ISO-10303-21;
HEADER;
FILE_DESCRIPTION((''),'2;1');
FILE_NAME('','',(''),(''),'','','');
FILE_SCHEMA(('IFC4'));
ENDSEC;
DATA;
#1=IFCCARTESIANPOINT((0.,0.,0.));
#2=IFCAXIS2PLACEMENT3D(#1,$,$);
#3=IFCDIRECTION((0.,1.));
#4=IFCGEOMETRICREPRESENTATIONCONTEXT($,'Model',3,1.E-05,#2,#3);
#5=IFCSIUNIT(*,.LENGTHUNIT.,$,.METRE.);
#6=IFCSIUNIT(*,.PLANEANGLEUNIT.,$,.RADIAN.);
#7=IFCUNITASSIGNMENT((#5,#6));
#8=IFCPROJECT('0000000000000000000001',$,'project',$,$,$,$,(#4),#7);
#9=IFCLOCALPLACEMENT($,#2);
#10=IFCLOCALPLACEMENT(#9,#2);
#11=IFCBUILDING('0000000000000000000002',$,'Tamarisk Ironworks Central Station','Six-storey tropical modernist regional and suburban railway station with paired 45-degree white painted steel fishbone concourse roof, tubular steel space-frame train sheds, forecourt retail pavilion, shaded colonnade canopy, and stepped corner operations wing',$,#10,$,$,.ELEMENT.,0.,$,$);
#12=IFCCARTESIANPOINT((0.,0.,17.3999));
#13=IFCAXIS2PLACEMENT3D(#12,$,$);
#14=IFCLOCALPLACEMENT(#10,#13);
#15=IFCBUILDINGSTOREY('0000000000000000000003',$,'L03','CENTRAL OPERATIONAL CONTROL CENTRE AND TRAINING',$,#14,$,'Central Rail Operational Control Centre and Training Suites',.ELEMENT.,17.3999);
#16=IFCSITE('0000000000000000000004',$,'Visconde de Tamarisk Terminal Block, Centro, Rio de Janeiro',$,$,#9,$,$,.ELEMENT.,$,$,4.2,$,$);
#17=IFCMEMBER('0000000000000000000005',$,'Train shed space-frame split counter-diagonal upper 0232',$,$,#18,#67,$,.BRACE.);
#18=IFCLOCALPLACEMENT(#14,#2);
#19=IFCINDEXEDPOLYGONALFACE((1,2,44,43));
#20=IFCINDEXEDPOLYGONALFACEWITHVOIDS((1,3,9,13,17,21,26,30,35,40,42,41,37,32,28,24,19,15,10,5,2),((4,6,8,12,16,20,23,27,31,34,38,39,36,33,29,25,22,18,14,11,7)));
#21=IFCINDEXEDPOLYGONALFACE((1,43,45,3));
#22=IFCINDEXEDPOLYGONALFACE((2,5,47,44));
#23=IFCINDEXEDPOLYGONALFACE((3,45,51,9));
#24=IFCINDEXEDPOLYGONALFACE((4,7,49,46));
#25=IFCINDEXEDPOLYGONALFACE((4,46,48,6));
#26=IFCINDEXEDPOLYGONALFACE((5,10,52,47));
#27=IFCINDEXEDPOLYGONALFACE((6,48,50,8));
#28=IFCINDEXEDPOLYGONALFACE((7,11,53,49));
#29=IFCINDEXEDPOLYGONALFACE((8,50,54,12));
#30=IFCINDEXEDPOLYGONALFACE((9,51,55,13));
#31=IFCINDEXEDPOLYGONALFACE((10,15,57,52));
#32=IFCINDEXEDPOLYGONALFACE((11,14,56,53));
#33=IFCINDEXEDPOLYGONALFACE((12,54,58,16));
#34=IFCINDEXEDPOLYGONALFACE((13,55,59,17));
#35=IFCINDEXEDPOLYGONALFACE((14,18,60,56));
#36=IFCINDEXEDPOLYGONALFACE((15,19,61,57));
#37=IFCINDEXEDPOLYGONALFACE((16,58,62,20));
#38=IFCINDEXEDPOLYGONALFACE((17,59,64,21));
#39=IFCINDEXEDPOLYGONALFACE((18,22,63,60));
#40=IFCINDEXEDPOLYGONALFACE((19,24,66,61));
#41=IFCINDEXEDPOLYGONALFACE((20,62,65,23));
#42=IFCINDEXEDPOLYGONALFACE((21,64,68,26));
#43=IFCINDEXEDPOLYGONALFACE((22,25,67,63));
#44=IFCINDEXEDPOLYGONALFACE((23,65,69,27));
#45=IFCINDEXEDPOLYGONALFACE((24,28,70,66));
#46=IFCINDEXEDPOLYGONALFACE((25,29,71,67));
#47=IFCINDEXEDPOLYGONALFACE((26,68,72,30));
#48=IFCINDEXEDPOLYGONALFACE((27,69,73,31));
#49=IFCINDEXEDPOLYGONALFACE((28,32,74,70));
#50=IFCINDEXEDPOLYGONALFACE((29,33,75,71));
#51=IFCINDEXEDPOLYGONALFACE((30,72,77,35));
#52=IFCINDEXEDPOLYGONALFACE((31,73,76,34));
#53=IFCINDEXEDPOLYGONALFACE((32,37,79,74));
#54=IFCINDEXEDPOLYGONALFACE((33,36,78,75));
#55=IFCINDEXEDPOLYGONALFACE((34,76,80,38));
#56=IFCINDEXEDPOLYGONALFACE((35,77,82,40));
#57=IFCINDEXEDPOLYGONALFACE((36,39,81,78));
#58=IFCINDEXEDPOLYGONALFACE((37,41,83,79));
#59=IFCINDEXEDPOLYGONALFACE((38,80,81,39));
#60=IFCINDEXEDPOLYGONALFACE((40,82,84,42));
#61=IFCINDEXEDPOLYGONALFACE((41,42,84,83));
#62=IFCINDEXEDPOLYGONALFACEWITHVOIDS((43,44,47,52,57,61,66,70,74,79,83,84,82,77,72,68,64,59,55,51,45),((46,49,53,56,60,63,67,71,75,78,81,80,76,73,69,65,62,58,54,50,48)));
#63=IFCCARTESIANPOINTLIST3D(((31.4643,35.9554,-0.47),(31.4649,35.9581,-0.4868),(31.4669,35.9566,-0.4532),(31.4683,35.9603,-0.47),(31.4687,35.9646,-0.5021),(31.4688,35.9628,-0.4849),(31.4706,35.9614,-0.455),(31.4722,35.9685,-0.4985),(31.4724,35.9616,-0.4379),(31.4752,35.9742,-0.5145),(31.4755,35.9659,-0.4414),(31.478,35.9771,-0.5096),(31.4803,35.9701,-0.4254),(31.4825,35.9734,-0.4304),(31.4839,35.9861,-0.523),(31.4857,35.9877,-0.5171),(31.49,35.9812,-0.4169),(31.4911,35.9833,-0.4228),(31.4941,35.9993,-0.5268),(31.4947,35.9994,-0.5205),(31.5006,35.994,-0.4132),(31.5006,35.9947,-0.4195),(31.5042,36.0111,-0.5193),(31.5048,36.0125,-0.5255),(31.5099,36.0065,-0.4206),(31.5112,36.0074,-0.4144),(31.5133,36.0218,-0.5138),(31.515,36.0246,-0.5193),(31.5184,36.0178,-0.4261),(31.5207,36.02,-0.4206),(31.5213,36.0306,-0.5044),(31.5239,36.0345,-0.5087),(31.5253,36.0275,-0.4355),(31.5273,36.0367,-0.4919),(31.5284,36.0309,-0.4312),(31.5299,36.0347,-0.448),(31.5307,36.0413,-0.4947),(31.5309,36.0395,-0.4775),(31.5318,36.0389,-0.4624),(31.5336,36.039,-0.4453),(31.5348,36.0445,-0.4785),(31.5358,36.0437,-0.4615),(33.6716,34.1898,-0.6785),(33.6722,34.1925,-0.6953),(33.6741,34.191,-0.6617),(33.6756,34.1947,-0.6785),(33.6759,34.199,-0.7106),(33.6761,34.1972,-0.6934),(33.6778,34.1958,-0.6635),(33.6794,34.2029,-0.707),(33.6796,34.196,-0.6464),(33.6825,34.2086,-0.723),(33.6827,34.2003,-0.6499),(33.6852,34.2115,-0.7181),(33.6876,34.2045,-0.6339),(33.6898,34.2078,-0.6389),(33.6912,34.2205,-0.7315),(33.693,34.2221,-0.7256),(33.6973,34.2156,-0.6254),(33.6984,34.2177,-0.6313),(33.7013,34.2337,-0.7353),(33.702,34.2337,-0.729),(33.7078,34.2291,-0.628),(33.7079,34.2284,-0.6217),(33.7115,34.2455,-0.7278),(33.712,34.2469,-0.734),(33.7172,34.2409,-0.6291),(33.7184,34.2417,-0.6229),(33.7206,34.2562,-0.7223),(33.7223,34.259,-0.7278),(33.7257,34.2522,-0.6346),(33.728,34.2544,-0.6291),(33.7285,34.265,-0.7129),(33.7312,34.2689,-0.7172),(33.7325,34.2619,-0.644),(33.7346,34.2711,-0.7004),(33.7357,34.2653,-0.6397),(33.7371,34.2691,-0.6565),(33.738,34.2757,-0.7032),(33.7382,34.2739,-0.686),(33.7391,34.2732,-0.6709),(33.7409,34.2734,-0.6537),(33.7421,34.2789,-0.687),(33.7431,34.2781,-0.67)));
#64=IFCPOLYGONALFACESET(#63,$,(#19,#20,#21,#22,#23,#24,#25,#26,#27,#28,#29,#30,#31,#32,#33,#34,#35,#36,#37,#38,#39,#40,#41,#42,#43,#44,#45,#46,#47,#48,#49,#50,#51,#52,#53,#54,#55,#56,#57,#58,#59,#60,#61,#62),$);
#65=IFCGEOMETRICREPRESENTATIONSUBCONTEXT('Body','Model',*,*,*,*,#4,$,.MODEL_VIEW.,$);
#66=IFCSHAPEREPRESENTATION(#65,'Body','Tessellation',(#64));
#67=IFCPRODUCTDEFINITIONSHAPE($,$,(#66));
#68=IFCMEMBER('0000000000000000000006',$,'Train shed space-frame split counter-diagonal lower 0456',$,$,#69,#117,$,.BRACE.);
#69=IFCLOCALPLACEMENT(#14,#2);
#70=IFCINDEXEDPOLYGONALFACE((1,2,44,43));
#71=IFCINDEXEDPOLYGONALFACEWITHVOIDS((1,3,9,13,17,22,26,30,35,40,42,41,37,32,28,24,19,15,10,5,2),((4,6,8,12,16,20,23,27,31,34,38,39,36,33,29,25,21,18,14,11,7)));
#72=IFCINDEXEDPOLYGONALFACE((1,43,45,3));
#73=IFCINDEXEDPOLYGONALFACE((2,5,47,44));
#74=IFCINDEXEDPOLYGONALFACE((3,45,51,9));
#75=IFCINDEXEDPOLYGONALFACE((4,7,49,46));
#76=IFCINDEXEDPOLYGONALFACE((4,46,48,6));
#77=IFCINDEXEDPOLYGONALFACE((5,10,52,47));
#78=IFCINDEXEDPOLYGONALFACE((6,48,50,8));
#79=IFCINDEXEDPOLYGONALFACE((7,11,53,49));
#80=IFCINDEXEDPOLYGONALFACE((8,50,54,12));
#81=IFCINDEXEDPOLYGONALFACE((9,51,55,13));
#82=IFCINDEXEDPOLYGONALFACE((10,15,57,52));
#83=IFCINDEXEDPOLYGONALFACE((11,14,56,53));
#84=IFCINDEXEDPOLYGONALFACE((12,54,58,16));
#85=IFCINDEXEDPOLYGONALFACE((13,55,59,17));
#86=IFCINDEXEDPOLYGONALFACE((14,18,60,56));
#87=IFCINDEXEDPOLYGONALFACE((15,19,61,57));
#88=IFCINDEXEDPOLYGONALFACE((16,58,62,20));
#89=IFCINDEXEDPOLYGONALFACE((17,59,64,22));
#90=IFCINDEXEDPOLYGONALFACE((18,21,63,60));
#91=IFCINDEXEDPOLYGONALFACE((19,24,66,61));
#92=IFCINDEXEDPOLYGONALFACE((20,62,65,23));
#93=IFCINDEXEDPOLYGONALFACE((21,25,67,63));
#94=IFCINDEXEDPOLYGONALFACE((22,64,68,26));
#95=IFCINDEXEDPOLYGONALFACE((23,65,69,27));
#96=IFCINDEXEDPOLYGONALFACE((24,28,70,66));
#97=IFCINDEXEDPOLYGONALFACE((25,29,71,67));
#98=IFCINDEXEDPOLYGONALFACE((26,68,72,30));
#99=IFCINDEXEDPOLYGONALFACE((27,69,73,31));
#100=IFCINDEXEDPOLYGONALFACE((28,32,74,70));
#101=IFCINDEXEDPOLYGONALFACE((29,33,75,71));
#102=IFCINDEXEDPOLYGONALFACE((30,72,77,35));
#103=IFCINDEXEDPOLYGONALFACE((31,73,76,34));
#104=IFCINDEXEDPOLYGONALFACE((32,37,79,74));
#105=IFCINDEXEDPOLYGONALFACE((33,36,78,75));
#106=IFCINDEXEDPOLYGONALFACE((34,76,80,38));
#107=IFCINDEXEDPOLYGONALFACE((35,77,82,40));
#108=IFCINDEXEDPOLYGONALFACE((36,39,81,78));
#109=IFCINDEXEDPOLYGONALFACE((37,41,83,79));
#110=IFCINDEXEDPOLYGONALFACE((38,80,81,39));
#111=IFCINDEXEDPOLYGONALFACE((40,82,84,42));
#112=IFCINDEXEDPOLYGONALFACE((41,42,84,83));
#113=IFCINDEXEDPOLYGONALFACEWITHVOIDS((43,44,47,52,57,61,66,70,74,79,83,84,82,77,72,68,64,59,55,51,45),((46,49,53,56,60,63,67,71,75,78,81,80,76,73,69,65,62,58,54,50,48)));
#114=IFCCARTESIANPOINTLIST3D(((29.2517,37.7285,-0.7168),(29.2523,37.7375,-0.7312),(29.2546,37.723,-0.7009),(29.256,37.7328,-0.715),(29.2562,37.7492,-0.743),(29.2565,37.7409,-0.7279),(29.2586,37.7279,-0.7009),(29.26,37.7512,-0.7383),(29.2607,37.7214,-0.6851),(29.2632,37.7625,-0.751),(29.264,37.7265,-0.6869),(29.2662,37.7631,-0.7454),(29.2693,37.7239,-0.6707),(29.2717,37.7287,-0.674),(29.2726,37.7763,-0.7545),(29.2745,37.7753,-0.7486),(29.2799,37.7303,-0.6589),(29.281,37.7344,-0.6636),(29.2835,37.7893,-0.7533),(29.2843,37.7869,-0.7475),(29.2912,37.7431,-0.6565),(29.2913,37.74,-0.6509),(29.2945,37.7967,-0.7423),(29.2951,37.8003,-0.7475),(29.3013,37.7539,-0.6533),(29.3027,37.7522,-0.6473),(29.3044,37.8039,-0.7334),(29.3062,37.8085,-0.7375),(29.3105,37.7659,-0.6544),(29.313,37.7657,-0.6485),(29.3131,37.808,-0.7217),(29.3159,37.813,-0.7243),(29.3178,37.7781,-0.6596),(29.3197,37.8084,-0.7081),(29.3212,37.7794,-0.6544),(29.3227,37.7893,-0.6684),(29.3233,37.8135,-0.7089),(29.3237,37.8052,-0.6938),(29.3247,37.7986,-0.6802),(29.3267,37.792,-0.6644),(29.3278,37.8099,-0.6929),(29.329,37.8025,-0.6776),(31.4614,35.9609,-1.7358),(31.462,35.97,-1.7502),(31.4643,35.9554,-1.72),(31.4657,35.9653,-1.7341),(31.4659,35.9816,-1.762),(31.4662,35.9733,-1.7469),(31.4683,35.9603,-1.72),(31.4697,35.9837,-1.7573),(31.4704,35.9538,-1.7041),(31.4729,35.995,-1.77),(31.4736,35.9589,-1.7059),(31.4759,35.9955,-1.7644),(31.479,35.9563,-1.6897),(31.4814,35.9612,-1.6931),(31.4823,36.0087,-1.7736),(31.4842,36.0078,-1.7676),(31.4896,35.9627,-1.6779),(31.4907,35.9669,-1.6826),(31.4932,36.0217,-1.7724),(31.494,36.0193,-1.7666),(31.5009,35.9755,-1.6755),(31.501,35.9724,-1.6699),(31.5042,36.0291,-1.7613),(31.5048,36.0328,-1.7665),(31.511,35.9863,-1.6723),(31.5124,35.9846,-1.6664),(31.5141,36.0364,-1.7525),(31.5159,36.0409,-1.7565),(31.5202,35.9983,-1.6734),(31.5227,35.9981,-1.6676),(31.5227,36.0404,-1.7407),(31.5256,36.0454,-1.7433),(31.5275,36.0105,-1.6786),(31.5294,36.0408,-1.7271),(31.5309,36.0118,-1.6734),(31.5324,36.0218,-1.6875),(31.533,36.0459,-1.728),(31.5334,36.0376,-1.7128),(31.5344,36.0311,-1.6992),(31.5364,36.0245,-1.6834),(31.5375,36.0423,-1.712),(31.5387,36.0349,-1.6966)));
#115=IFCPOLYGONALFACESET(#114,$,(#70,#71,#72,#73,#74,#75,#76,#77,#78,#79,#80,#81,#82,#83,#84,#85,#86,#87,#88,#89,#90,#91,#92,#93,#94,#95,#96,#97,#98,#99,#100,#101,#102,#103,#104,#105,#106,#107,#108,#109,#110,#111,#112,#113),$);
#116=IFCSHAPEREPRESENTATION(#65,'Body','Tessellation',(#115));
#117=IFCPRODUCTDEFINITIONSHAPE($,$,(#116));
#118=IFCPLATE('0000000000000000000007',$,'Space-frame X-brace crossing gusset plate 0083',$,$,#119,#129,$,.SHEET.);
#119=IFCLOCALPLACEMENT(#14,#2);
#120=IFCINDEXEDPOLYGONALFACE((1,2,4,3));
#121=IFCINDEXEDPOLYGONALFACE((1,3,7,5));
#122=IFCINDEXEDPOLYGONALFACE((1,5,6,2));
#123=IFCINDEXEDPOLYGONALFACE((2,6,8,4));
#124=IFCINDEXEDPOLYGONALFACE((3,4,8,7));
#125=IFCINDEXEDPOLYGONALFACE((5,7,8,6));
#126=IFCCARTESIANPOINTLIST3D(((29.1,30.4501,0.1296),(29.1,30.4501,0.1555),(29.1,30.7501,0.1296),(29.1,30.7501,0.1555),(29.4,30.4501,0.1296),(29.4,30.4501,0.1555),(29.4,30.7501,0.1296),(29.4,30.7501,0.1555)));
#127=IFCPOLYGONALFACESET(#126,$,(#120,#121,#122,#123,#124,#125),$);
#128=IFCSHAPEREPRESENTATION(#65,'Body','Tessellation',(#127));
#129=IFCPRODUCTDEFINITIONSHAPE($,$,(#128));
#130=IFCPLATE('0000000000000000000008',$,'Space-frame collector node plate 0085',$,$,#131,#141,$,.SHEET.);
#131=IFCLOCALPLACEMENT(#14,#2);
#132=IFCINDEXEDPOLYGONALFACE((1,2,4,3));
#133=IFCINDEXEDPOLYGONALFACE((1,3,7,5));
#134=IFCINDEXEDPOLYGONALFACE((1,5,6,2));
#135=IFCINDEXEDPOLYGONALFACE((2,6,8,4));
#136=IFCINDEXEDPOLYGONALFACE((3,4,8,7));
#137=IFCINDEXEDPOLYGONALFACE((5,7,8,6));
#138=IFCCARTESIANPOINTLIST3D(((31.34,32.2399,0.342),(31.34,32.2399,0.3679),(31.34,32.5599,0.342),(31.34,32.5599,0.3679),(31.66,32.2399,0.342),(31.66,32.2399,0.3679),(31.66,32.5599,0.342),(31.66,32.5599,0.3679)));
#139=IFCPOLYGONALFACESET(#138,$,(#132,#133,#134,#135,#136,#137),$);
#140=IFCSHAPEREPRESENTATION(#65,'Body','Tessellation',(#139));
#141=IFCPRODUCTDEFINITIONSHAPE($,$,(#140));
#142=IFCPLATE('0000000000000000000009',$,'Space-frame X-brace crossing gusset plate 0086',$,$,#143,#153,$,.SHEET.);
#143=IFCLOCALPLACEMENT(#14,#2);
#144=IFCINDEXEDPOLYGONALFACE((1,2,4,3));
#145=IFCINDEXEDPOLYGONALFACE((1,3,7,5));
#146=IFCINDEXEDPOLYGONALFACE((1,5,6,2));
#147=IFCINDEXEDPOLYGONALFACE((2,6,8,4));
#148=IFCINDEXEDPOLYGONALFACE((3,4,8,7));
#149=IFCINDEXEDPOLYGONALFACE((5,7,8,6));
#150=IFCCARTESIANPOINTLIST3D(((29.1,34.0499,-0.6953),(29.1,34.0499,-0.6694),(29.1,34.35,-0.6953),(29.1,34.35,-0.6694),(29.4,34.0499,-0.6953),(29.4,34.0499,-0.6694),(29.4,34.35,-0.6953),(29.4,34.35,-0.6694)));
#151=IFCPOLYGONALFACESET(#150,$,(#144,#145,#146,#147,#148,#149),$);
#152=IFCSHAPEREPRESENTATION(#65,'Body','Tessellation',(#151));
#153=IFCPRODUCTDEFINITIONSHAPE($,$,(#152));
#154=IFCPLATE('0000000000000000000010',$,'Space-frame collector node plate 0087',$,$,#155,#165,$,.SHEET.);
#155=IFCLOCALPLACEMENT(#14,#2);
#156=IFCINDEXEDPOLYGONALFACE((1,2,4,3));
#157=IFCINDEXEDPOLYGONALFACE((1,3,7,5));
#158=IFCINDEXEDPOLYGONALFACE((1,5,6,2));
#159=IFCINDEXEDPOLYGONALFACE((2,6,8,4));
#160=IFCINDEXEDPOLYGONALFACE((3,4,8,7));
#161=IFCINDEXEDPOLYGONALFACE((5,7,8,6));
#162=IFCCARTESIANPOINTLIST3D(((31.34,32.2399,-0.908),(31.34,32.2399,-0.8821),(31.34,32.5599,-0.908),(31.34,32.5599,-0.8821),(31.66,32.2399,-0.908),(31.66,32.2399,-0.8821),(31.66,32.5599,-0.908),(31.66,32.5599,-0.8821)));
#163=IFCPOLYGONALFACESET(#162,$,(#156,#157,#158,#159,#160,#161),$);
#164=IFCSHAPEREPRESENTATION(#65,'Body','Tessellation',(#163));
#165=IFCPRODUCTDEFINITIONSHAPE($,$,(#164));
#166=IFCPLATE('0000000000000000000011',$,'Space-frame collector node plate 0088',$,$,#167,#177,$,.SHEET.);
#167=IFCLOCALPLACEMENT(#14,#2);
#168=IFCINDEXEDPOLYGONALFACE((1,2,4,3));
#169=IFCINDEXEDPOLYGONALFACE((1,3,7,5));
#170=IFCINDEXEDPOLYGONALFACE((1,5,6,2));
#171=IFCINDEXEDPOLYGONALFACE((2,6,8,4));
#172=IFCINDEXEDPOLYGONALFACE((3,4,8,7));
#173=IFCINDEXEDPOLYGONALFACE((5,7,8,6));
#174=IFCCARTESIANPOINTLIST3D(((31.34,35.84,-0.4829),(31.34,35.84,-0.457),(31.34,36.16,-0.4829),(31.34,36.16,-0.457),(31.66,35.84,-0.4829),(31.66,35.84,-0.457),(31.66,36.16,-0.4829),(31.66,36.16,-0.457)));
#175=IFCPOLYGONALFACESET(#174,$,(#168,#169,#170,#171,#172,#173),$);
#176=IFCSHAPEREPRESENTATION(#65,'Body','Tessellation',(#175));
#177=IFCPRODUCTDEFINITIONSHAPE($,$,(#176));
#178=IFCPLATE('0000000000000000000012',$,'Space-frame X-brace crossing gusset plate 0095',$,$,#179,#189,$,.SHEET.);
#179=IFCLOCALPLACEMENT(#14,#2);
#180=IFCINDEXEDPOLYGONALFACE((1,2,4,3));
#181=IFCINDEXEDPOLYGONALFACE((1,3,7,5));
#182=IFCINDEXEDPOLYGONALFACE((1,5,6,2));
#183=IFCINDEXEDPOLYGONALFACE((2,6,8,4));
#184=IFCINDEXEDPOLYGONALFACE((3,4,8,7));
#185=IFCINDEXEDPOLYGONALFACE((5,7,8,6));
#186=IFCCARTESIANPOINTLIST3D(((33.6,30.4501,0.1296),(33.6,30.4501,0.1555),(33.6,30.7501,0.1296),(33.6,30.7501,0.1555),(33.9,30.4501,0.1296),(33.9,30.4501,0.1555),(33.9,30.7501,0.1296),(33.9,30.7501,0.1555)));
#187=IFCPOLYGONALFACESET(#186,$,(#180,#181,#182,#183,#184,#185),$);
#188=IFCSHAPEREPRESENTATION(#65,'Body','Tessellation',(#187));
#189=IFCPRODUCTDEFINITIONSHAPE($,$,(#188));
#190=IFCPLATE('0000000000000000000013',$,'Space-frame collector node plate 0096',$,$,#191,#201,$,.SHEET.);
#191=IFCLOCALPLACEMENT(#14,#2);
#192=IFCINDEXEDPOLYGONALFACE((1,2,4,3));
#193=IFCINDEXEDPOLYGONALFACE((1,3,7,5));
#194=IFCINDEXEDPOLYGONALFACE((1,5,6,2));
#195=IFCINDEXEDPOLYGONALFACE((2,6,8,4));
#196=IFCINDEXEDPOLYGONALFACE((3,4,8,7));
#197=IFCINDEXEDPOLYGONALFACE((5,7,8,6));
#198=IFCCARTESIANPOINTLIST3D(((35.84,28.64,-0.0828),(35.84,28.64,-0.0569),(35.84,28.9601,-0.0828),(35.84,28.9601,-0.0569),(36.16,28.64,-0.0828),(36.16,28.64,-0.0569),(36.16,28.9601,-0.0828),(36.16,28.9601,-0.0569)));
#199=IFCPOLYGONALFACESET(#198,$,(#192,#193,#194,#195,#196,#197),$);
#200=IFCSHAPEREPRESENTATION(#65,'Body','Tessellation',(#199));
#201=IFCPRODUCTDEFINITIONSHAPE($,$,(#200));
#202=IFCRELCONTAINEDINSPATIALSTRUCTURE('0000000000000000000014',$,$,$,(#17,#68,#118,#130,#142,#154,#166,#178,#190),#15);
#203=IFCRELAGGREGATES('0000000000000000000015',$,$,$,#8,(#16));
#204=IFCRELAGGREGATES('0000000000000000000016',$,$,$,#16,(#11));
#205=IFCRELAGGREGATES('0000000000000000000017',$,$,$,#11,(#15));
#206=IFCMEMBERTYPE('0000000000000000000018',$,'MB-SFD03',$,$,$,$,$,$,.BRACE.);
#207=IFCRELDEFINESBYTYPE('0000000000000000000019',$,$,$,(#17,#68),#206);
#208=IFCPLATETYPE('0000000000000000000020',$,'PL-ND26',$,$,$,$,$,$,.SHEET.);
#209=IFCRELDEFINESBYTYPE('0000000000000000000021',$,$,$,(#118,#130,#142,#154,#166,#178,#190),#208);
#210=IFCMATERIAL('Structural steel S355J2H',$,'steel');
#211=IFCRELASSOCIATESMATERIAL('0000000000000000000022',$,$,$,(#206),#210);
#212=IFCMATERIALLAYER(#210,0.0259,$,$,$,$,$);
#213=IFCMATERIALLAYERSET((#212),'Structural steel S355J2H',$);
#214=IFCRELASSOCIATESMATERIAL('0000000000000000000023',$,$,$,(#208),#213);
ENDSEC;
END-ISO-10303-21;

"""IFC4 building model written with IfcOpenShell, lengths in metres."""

from ifc_helpers import new_model, si_unit, direction, frame, origin, origin_2d, place, context, subcontext, project, spatial, rectangle, hollow_circle, extrude, material, layer, layer_set, material_profile, profile_set, type_object, element, save


model = new_model("IFC4")

# Units and contexts
model_context = context("Model", 3, precision=1e-05, world=origin(), true_north=direction((0.0, 1.0)))
body_context = subcontext(model_context, "Body", "Model", "MODEL_VIEW")
ifc_project = project(units=[si_unit("LENGTHUNIT", "METRE"), si_unit("PLANEANGLEUNIT", "RADIAN")], contexts=[model_context])

# Site, building, storey
site_placement = place(None, origin())
site = spatial("IfcSite", under=ifc_project, at=site_placement, Name="Visconde de Tamarisk Terminal Block, Centro, Rio de Janeiro", CompositionType="ELEMENT", RefElevation=4.2)
building_placement = place(site_placement, origin())
building = spatial("IfcBuilding", under=site, at=building_placement, Name="Tamarisk Ironworks Central Station", Description="Six-storey tropical modernist regional and suburban railway station with paired 45-degree white painted steel fishbone concourse roof, tubular steel space-frame train sheds, forecourt retail pavilion, shaded colonnade canopy, and stepped corner operations wing", CompositionType="ELEMENT", ElevationOfRefHeight=0.0)
storey_placement = place(building_placement, frame((0.0, 0.0, 17.3999)))
storey = spatial("IfcBuildingStorey", under=building, at=storey_placement, Name="L03", Description="CENTRAL OPERATIONAL CONTROL CENTRE AND TRAINING", LongName="Central Rail Operational Control Centre and Training Suites", CompositionType="ELEMENT", Elevation=17.3999)

# Members
ifc_material_1 = material(Name="Structural steel S355J2H", Category="steel")
ifc_material_profile_1 = material_profile(ifc_material_1, hollow_circle(Radius=0.0571, WallThickness=0.0063, at=origin_2d()), Name="CHS 114.3x6.3")
ifc_profile_set_1 = profile_set([ifc_material_profile_1], Name="Structural steel S355J2H")
member_type_1 = type_object("IfcMemberType", Name="MB-SFD03", PredefinedType="BRACE", material=ifc_profile_set_1)
member_1_placement = place(storey_placement, frame((33.7073, 34.2344, -0.6785), z_axis=(-0.778787, 0.62296, 0.073563), x_axis=(-0.624653, -0.780903, 0.0)))
element("IfcMember", 1, at=member_1_placement, inside=storey, type_object=member_type_1, Name="Train shed space-frame split counter-diagonal upper 0232", PredefinedType="BRACE", context=body_context, shape_type="SweptSolid", body=[
    extrude(hollow_circle(Radius=0.0571, WallThickness=0.0063, at=origin_2d()), origin(), (0.0, 0.0, 1.0), 2.8342),
])
member_2_placement = place(storey_placement, frame((31.5, 36.0, -1.72), z_axis=(-0.734712, 0.587705, 0.338823), x_axis=(-0.624653, -0.780902, 0.0)))
element("IfcMember", 2, at=member_2_placement, inside=storey, type_object=member_type_1, Name="Train shed space-frame split counter-diagonal lower 0456", PredefinedType="BRACE", context=body_context, shape_type="SweptSolid", body=[
    extrude(hollow_circle(Radius=0.0571, WallThickness=0.0063, at=origin_2d()), origin(), (0.0, 0.0, 1.0), 3.0076),
])

# Plates
ifc_layer = layer(ifc_material_1, 0.0259)
ifc_layer_set = layer_set([ifc_layer], Name="Structural steel S355J2H")
plate_type = type_object("IfcPlateType", Name="PL-ND26", PredefinedType="SHEET", material=ifc_layer_set)
plate_1_placement = place(storey_placement, frame((29.25, 30.6001, 0.1296), z_axis=(0.0, 0.0, 1.0), x_axis=(1.0, 0.0, 0.0)))
element("IfcPlate", 3, at=plate_1_placement, inside=storey, type_object=plate_type, Name="Space-frame X-brace crossing gusset plate 0083", PredefinedType="SHEET", context=body_context, shape_type="SweptSolid", body=[
    extrude(rectangle(XDim=0.3, YDim=0.3, at=origin_2d()), origin(), (0.0, 0.0, 1.0), 0.0259),
])
plate_2_placement = place(storey_placement, frame((31.5, 32.3999, 0.342), z_axis=(0.0, 0.0, 1.0), x_axis=(1.0, 0.0, 0.0)))
element("IfcPlate", 4, at=plate_2_placement, inside=storey, type_object=plate_type, Name="Space-frame collector node plate 0085", PredefinedType="SHEET", context=body_context, shape_type="SweptSolid", body=[
    extrude(rectangle(XDim=0.3201, YDim=0.3201, at=origin_2d()), origin(), (0.0, 0.0, 1.0), 0.0259),
])
plate_3_placement = place(storey_placement, frame((29.25, 34.2, -0.6953), z_axis=(0.0, 0.0, 1.0), x_axis=(1.0, 0.0, 0.0)))
element("IfcPlate", 5, at=plate_3_placement, inside=storey, type_object=plate_type, Name="Space-frame X-brace crossing gusset plate 0086", PredefinedType="SHEET", context=body_context, shape_type="SweptSolid", body=[
    extrude(rectangle(XDim=0.3, YDim=0.3, at=origin_2d()), origin(), (0.0, 0.0, 1.0), 0.0259),
])
for number, where, z_axis, x_axis, name in (
    (6, (31.5, 32.3999, -0.908), (0.0, 0.0, 1.0), (1.0, 0.0, 0.0), "Space-frame collector node plate 0087"),
    (7, (31.5, 36.0, -0.4829), (0.0, 0.0, 1.0), (1.0, 0.0, 0.0), "Space-frame collector node plate 0088"),
):
    element("IfcPlate", number, at=place(storey_placement, frame(where, z_axis=z_axis, x_axis=x_axis)), inside=storey, type_object=plate_type, Name=name, PredefinedType="SHEET", context=body_context, shape_type="SweptSolid", body=[
        extrude(rectangle(XDim=0.3201, YDim=0.3201, at=origin_2d()), origin(), (0.0, 0.0, 1.0), 0.0259),
    ])
plate_4_placement = place(storey_placement, frame((33.75, 30.6001, 0.1296), z_axis=(0.0, 0.0, 1.0), x_axis=(1.0, 0.0, 0.0)))
element("IfcPlate", 8, at=plate_4_placement, inside=storey, type_object=plate_type, Name="Space-frame X-brace crossing gusset plate 0095", PredefinedType="SHEET", context=body_context, shape_type="SweptSolid", body=[
    extrude(rectangle(XDim=0.3, YDim=0.3, at=origin_2d()), origin(), (0.0, 0.0, 1.0), 0.0259),
])
for number, where, z_axis, x_axis, name in (
    (9, (36.0, 28.8, -0.0828), (0.0, 0.0, 1.0), (1.0, 0.0, 0.0), "Space-frame collector node plate 0096"),
):
    element("IfcPlate", number, at=place(storey_placement, frame(where, z_axis=z_axis, x_axis=x_axis)), inside=storey, type_object=plate_type, Name=name, PredefinedType="SHEET", context=body_context, shape_type="SweptSolid", body=[
        extrude(rectangle(XDim=0.3201, YDim=0.3201, at=origin_2d()), origin(), (0.0, 0.0, 1.0), 0.0259),
    ])

save(model, "model.ifc")
